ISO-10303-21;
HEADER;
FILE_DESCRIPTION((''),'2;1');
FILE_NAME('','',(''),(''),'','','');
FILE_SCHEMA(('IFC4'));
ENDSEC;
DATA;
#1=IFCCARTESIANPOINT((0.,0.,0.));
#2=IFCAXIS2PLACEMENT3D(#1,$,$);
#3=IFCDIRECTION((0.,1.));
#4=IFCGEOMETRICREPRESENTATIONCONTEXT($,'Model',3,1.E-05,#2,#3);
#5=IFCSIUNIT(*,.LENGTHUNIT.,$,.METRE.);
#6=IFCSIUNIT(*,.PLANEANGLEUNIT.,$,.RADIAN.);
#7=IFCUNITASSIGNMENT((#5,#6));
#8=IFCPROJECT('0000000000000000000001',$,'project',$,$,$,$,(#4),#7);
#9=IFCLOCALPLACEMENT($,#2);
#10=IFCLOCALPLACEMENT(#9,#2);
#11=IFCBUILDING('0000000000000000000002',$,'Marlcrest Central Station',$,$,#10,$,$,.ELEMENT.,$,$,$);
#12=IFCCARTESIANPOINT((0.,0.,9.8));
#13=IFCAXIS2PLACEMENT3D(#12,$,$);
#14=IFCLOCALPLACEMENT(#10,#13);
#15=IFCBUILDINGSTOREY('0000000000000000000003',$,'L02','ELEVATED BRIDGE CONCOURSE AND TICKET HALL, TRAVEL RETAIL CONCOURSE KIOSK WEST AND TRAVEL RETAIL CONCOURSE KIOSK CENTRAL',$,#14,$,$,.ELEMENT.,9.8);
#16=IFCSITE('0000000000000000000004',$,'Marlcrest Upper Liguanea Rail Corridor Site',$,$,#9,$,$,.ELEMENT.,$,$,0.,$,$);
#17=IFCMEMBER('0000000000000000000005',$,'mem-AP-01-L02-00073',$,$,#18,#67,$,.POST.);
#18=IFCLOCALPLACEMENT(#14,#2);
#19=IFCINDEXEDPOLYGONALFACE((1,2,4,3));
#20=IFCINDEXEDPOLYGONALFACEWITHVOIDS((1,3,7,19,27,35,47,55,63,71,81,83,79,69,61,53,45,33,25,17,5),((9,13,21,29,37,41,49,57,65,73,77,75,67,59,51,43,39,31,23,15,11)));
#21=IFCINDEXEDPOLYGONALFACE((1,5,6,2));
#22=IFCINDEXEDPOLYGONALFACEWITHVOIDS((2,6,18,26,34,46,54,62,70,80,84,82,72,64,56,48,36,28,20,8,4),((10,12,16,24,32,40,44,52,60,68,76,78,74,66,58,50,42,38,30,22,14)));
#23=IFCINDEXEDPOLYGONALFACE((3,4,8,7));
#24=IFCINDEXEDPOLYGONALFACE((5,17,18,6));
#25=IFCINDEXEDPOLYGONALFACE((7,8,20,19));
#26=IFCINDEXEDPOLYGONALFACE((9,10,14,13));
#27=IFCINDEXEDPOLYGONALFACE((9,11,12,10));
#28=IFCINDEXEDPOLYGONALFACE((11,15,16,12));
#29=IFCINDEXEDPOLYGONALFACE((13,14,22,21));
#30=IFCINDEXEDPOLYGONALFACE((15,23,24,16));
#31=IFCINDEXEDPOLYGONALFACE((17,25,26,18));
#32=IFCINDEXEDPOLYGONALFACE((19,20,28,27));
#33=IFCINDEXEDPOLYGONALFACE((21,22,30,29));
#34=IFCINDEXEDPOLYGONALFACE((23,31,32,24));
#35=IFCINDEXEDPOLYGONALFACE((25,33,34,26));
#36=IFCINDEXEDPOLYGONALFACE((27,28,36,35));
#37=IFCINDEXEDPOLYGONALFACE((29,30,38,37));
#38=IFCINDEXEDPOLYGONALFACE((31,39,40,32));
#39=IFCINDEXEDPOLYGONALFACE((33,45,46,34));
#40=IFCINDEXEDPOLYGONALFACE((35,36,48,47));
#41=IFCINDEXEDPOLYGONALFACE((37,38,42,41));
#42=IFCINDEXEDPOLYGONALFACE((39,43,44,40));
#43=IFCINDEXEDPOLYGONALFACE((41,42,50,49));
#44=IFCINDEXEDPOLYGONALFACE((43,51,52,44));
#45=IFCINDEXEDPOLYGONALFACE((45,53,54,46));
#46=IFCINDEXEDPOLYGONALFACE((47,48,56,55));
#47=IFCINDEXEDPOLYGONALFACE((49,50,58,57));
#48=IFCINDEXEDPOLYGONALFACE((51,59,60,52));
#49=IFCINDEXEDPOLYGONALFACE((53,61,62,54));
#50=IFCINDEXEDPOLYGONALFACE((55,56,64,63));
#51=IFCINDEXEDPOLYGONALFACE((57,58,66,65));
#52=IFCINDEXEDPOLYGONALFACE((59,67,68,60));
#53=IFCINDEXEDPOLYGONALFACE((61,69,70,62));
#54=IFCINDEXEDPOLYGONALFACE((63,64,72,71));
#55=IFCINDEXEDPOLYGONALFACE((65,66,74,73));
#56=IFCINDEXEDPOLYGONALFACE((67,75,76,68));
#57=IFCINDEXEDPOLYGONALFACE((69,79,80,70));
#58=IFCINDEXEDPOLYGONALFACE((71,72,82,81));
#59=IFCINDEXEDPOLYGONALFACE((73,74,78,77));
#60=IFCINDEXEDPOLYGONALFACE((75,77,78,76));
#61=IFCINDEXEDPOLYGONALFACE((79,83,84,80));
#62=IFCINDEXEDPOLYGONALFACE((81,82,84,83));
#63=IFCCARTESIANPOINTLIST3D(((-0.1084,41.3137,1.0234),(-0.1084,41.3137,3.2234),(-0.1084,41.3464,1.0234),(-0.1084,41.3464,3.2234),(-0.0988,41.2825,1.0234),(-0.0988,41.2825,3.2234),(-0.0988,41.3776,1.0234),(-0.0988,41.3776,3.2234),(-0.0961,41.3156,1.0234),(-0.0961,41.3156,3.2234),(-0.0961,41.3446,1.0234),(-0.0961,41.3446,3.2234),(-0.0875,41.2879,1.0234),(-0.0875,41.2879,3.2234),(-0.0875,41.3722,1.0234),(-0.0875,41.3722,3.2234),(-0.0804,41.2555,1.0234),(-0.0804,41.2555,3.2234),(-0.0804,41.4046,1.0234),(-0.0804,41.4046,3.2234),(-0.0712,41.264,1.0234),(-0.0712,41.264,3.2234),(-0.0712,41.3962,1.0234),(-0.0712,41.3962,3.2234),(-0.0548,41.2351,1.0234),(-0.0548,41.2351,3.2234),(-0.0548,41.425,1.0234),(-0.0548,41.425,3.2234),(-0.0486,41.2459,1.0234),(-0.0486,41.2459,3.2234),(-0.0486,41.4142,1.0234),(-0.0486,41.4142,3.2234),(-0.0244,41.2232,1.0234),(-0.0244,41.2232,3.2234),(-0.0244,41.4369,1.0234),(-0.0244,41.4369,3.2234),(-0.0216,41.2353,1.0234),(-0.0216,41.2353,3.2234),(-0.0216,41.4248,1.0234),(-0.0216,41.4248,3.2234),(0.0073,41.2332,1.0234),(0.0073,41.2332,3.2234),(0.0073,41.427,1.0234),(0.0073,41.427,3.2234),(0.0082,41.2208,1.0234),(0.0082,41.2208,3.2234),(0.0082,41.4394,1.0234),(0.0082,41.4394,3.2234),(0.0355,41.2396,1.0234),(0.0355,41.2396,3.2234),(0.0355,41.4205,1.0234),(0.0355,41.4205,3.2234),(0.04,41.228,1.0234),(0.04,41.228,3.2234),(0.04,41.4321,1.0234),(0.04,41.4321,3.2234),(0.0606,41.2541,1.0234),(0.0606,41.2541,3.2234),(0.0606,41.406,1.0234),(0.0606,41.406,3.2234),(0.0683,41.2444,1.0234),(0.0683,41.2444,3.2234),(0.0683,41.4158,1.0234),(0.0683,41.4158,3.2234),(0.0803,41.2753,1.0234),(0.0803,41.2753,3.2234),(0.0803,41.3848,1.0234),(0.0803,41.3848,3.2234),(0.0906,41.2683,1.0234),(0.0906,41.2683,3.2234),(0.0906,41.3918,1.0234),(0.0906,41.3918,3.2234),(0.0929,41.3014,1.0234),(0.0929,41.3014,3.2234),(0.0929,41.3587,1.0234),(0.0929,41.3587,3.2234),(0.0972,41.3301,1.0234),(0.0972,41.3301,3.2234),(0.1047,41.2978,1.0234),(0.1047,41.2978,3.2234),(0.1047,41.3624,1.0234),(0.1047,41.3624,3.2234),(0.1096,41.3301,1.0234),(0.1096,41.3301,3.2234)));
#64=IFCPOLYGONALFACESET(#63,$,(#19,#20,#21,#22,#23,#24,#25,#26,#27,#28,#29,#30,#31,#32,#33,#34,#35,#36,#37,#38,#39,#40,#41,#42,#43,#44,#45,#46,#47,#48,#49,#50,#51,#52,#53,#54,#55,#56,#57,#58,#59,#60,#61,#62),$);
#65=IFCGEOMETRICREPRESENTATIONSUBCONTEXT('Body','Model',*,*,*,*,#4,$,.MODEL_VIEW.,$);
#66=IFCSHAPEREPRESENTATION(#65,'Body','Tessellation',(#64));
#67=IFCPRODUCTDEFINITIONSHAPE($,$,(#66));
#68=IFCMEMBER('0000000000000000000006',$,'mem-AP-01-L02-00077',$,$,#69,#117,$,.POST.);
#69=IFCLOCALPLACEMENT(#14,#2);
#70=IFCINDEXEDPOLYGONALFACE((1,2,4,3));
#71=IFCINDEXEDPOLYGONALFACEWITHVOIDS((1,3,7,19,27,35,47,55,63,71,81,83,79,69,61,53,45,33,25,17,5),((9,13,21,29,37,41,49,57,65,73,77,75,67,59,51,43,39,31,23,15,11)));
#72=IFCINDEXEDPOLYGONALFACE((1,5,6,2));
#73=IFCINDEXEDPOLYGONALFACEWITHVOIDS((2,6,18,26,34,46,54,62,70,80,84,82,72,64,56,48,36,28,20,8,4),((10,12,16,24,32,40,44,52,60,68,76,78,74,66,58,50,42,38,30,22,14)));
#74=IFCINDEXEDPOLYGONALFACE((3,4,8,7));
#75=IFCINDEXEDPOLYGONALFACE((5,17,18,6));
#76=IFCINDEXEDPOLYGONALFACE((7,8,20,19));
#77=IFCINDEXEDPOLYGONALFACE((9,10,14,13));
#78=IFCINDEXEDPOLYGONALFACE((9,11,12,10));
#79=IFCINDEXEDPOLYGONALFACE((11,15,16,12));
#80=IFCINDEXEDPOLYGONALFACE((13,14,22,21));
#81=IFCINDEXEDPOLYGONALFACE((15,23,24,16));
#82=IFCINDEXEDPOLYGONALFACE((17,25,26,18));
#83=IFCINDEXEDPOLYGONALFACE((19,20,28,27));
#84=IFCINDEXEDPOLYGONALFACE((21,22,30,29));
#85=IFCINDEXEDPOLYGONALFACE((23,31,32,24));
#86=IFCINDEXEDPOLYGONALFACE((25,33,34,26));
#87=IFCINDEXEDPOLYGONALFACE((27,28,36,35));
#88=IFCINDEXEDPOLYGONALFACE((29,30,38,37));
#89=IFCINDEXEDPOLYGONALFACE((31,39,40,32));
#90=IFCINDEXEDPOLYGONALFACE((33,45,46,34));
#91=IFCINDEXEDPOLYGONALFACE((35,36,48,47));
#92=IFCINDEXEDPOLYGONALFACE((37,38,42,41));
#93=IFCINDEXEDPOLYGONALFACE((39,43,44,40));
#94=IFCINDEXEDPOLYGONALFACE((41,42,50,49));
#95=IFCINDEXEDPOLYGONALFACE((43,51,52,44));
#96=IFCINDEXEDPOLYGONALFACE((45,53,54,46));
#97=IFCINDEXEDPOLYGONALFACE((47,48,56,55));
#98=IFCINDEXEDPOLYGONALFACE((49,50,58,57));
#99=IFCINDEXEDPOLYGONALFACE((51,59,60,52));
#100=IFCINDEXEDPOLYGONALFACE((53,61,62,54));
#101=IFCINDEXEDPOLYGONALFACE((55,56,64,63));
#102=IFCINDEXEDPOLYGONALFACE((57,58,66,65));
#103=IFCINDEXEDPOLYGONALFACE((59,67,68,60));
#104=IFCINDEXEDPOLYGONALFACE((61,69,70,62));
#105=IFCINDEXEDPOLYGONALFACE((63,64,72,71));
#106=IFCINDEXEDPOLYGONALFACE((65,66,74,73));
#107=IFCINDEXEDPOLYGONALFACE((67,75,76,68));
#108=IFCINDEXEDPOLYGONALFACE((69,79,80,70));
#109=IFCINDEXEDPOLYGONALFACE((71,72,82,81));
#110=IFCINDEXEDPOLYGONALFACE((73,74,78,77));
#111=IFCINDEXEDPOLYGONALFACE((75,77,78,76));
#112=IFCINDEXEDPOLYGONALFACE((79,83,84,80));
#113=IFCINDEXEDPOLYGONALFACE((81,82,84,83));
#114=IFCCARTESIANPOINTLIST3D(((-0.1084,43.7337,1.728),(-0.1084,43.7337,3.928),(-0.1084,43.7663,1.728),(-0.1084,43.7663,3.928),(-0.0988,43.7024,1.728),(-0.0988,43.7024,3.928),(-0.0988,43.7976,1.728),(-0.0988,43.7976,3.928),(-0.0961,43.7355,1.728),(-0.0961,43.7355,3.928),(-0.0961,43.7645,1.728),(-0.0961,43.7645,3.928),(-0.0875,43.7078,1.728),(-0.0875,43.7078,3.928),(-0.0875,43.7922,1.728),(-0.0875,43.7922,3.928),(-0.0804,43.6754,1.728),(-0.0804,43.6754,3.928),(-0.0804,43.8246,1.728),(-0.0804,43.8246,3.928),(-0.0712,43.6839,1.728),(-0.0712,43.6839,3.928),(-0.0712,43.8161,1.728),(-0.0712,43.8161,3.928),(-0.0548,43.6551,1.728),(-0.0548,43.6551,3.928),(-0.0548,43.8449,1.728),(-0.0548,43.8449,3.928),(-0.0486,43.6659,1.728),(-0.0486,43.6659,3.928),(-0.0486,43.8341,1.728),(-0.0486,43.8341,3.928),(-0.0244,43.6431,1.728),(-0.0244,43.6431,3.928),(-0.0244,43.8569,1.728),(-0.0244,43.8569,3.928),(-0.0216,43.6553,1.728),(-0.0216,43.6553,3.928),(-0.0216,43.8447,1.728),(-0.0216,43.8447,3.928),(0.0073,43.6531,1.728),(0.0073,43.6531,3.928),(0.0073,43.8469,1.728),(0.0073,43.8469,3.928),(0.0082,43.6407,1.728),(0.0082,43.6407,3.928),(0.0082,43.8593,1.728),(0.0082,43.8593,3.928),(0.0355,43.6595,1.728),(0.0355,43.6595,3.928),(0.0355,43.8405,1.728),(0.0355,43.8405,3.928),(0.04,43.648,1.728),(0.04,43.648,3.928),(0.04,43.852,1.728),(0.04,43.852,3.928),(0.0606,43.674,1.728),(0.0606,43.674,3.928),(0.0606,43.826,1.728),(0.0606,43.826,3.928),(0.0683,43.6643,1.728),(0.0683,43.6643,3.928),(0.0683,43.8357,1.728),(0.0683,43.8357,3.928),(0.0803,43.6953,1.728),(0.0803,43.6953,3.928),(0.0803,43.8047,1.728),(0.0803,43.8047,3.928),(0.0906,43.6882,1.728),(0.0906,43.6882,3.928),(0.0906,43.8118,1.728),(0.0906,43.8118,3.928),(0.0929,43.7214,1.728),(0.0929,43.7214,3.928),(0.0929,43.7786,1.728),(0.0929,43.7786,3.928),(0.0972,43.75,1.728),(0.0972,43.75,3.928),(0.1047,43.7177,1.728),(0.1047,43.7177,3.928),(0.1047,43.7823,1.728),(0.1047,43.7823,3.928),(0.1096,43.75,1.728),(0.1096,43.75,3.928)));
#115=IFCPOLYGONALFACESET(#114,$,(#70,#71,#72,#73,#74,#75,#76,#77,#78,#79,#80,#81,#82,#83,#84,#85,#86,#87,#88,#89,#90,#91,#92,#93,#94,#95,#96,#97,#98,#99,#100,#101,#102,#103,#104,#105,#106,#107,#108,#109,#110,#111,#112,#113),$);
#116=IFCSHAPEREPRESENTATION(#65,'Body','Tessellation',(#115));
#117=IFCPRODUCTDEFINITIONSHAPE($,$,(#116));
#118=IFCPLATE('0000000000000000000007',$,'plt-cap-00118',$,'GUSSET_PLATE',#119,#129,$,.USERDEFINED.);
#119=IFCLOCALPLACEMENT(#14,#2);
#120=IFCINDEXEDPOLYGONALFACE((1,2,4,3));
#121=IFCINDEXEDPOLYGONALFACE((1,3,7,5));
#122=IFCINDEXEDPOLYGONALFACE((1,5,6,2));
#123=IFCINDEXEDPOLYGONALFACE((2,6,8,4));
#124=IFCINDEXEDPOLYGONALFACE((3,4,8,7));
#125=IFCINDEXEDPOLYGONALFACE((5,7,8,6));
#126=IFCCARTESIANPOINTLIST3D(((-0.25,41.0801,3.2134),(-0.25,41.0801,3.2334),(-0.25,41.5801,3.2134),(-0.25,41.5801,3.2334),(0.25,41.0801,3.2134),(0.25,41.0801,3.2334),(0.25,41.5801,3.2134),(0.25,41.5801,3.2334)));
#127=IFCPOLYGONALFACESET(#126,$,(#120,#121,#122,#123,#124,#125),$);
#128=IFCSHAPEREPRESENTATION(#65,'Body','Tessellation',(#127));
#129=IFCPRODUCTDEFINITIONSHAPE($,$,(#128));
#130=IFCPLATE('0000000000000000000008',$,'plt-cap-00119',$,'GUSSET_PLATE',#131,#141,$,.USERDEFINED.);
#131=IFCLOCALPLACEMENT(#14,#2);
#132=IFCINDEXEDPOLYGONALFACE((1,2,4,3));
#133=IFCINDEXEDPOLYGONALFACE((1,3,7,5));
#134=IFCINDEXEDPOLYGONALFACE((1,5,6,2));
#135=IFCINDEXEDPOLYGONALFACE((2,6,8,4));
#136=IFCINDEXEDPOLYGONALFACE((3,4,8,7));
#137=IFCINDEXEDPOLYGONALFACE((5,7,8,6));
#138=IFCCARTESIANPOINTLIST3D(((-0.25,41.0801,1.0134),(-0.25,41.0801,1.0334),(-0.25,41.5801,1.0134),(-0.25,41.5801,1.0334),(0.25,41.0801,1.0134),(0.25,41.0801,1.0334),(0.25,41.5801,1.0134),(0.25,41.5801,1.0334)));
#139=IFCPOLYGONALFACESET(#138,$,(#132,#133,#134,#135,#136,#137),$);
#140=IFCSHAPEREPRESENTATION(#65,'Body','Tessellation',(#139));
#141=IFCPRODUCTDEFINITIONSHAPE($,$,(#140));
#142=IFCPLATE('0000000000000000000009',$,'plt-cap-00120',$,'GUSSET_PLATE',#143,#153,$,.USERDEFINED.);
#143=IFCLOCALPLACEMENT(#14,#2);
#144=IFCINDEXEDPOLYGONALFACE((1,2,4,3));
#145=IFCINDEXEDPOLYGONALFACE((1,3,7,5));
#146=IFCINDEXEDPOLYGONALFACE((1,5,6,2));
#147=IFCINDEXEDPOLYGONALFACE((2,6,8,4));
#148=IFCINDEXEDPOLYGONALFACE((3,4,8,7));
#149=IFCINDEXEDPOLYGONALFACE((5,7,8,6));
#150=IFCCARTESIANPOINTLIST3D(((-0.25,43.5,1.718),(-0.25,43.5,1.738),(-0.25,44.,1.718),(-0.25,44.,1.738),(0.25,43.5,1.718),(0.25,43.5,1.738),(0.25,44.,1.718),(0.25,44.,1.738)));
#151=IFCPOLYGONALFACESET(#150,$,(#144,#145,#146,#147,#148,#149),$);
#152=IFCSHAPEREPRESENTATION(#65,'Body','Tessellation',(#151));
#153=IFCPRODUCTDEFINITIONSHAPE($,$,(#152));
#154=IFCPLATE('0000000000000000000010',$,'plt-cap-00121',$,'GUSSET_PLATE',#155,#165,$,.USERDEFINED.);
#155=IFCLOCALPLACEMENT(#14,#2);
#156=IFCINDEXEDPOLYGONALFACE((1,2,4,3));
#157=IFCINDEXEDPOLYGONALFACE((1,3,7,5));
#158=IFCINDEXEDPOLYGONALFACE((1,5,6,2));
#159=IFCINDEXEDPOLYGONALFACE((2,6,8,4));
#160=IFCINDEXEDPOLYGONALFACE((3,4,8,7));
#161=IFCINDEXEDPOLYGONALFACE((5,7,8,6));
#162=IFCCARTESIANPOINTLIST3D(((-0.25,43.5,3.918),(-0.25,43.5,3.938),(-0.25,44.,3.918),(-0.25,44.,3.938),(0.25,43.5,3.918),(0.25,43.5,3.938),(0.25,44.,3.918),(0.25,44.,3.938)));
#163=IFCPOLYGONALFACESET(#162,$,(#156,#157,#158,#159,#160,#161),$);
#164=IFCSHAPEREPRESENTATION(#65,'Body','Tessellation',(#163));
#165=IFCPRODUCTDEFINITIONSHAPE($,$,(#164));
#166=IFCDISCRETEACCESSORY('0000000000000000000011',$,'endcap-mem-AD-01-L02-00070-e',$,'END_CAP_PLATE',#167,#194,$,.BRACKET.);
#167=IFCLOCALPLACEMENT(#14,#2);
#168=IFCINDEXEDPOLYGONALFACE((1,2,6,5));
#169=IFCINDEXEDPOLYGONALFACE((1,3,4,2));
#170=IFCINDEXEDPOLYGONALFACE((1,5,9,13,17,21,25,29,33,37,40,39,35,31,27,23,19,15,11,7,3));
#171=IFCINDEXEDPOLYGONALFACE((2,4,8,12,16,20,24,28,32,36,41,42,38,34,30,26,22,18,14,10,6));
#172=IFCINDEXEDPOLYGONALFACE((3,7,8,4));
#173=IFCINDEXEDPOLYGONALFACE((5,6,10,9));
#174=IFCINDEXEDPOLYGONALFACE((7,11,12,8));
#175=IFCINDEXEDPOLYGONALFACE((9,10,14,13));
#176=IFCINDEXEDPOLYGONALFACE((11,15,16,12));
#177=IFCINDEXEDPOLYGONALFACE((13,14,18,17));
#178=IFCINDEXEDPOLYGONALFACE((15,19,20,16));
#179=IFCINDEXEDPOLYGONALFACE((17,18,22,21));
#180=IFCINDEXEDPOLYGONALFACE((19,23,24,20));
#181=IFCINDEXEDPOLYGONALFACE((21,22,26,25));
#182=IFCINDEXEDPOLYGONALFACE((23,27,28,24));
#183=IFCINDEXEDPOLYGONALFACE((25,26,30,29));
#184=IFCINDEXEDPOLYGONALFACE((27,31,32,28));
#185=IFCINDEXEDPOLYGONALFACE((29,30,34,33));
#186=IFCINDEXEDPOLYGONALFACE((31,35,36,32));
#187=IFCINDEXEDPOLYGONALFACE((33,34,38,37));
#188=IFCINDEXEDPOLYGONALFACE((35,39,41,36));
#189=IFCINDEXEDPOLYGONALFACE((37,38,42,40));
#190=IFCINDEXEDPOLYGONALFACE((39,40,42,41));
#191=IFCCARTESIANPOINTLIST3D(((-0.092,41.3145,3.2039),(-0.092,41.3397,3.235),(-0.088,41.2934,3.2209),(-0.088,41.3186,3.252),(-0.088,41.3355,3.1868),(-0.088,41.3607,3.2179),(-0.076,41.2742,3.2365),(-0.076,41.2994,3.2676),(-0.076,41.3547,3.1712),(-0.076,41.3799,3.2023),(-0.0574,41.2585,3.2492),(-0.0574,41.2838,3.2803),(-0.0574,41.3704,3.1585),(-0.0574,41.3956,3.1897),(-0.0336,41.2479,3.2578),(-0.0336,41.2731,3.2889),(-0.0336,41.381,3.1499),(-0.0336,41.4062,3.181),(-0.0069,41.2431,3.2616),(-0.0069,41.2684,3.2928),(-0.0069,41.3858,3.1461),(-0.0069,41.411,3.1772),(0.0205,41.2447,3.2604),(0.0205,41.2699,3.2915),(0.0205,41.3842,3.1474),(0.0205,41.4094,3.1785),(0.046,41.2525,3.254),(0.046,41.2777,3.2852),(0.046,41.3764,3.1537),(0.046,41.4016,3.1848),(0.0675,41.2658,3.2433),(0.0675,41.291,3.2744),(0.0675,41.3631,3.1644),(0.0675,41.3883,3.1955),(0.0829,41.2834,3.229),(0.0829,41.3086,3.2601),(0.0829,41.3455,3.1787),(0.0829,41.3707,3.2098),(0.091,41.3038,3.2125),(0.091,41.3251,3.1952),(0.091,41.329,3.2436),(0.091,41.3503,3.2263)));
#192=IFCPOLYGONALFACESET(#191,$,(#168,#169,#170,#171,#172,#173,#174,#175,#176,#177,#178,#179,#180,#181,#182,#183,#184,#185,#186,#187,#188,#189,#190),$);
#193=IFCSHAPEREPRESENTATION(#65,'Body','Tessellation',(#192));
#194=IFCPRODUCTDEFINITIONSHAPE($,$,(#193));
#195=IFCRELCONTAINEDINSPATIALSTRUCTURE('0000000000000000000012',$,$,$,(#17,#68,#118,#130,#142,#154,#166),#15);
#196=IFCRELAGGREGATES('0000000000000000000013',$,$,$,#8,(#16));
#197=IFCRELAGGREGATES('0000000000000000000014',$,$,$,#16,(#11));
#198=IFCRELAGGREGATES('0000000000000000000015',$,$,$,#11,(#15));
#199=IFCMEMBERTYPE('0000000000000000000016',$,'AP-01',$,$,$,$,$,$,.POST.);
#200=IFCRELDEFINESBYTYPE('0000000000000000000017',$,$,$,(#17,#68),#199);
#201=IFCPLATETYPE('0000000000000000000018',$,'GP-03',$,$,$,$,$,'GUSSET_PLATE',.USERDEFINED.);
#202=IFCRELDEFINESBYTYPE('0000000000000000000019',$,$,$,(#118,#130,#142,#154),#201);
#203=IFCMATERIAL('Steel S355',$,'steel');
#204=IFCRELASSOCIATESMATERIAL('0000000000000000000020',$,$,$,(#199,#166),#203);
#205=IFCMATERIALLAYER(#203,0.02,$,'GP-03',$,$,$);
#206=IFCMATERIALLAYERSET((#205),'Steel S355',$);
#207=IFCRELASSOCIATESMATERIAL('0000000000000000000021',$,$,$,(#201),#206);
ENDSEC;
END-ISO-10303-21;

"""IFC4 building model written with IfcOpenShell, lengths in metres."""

from ifc_helpers import new_model, si_unit, direction, frame, origin, origin_2d, place, context, subcontext, project, spatial, rectangle, circle, hollow_circle, extrude, material, layer, layer_set, material_profile, profile_set, type_object, element, save


model = new_model("IFC4")

# Units and contexts
model_context = context("Model", 3, precision=1e-05, world=origin(), true_north=direction((0.0, 1.0)))
body_context = subcontext(model_context, "Body", "Model", "MODEL_VIEW")
ifc_project = project(units=[si_unit("LENGTHUNIT", "METRE"), si_unit("PLANEANGLEUNIT", "RADIAN")], contexts=[model_context])

# Site, building, storey
site_placement = place(None, origin())
site = spatial("IfcSite", under=ifc_project, at=site_placement, Name="Marlcrest Upper Liguanea Rail Corridor Site", CompositionType="ELEMENT", RefElevation=0.0)
building_placement = place(site_placement, origin())
building = spatial("IfcBuilding", under=site, at=building_placement, Name="Marlcrest Central Station", CompositionType="ELEMENT")
storey_placement = place(building_placement, frame((0.0, 0.0, 9.8)))
storey = spatial("IfcBuildingStorey", under=building, at=storey_placement, Name="L02", Description="ELEVATED BRIDGE CONCOURSE AND TICKET HALL, TRAVEL RETAIL CONCOURSE KIOSK WEST AND TRAVEL RETAIL CONCOURSE KIOSK CENTRAL", CompositionType="ELEMENT", Elevation=9.8)

# Members
ifc_material = material(Name="Steel S355", Category="steel")
ifc_material_profile_1 = material_profile(ifc_material, hollow_circle(Radius=0.1096, WallThickness=0.0125, at=origin_2d()), Name="CHS 219.1x12.5")
ifc_profile_set_1 = profile_set([ifc_material_profile_1], Name="Steel S355")
member_type_1 = type_object("IfcMemberType", Name="AP-01", PredefinedType="POST", material=ifc_profile_set_1)
for number, where, z_axis, x_axis, name in (
    (1, (0.0, 41.3301, 1.0234), (0.0, 0.0, 1.0), (1.0, 0.0, 0.0), "mem-AP-01-L02-00073"),
    (2, (0.0, 43.75, 1.728), (0.0, 0.0, 1.0), (1.0, 0.0, 0.0), "mem-AP-01-L02-00077"),
):
    element("IfcMember", number, at=place(storey_placement, frame(where, z_axis=z_axis, x_axis=x_axis)), inside=storey, type_object=member_type_1, Name=name, PredefinedType="POST", context=body_context, shape_type="SweptSolid", body=[
        extrude(hollow_circle(Radius=0.1096, WallThickness=0.0125, at=origin_2d()), origin(), (0.0, 0.0, 1.0), 2.2),
    ])

# Plates
ifc_layer = layer(ifc_material, 0.02, Name="GP-03")
ifc_layer_set = layer_set([ifc_layer], Name="Steel S355")
plate_type = type_object("IfcPlateType", Name="GP-03", ElementType="GUSSET_PLATE", PredefinedType="USERDEFINED", material=ifc_layer_set)
for number, where, z_axis, x_axis, name in (
    (3, (0.0, 41.3301, 3.2134), (0.0, 0.0, 1.0), (1.0, 0.0, 0.0), "plt-cap-00118"),
    (4, (0.0, 41.3301, 1.0134), (0.0, 0.0, 1.0), (1.0, 0.0, 0.0), "plt-cap-00119"),
    (5, (0.0, 43.75, 1.718), (0.0, 0.0, 1.0), (1.0, 0.0, 0.0), "plt-cap-00120"),
    (6, (0.0, 43.75, 3.918), (0.0, 0.0, 1.0), (1.0, 0.0, 0.0), "plt-cap-00121"),
):
    element("IfcPlate", number, at=place(storey_placement, frame(where, z_axis=z_axis, x_axis=x_axis)), inside=storey, type_object=plate_type, Name=name, ObjectType="GUSSET_PLATE", PredefinedType="USERDEFINED", context=body_context, shape_type="SweptSolid", body=[
        extrude(rectangle(XDim=0.5, YDim=0.5, at=origin_2d()), origin(), (0.0, 0.0, 1.0), 0.02),
    ])

# Discrete accessory
discrete_accessory_1_placement = place(storey_placement, frame((0.0, 41.3145, 3.2039), z_axis=(0.0, 0.629629, 0.776896), x_axis=(-1.0, 0.0, 0.0)))
element("IfcDiscreteAccessory", 7, at=discrete_accessory_1_placement, inside=storey, material=ifc_material, Name="endcap-mem-AD-01-L02-00070-e", ObjectType="END_CAP_PLATE", PredefinedType="BRACKET", context=body_context, shape_type="SweptSolid", body=[
    extrude(circle(Radius=0.092, at=origin_2d()), origin(), (0.0, 0.0, 1.0), 0.04),
])

save(model, "model.ifc")
